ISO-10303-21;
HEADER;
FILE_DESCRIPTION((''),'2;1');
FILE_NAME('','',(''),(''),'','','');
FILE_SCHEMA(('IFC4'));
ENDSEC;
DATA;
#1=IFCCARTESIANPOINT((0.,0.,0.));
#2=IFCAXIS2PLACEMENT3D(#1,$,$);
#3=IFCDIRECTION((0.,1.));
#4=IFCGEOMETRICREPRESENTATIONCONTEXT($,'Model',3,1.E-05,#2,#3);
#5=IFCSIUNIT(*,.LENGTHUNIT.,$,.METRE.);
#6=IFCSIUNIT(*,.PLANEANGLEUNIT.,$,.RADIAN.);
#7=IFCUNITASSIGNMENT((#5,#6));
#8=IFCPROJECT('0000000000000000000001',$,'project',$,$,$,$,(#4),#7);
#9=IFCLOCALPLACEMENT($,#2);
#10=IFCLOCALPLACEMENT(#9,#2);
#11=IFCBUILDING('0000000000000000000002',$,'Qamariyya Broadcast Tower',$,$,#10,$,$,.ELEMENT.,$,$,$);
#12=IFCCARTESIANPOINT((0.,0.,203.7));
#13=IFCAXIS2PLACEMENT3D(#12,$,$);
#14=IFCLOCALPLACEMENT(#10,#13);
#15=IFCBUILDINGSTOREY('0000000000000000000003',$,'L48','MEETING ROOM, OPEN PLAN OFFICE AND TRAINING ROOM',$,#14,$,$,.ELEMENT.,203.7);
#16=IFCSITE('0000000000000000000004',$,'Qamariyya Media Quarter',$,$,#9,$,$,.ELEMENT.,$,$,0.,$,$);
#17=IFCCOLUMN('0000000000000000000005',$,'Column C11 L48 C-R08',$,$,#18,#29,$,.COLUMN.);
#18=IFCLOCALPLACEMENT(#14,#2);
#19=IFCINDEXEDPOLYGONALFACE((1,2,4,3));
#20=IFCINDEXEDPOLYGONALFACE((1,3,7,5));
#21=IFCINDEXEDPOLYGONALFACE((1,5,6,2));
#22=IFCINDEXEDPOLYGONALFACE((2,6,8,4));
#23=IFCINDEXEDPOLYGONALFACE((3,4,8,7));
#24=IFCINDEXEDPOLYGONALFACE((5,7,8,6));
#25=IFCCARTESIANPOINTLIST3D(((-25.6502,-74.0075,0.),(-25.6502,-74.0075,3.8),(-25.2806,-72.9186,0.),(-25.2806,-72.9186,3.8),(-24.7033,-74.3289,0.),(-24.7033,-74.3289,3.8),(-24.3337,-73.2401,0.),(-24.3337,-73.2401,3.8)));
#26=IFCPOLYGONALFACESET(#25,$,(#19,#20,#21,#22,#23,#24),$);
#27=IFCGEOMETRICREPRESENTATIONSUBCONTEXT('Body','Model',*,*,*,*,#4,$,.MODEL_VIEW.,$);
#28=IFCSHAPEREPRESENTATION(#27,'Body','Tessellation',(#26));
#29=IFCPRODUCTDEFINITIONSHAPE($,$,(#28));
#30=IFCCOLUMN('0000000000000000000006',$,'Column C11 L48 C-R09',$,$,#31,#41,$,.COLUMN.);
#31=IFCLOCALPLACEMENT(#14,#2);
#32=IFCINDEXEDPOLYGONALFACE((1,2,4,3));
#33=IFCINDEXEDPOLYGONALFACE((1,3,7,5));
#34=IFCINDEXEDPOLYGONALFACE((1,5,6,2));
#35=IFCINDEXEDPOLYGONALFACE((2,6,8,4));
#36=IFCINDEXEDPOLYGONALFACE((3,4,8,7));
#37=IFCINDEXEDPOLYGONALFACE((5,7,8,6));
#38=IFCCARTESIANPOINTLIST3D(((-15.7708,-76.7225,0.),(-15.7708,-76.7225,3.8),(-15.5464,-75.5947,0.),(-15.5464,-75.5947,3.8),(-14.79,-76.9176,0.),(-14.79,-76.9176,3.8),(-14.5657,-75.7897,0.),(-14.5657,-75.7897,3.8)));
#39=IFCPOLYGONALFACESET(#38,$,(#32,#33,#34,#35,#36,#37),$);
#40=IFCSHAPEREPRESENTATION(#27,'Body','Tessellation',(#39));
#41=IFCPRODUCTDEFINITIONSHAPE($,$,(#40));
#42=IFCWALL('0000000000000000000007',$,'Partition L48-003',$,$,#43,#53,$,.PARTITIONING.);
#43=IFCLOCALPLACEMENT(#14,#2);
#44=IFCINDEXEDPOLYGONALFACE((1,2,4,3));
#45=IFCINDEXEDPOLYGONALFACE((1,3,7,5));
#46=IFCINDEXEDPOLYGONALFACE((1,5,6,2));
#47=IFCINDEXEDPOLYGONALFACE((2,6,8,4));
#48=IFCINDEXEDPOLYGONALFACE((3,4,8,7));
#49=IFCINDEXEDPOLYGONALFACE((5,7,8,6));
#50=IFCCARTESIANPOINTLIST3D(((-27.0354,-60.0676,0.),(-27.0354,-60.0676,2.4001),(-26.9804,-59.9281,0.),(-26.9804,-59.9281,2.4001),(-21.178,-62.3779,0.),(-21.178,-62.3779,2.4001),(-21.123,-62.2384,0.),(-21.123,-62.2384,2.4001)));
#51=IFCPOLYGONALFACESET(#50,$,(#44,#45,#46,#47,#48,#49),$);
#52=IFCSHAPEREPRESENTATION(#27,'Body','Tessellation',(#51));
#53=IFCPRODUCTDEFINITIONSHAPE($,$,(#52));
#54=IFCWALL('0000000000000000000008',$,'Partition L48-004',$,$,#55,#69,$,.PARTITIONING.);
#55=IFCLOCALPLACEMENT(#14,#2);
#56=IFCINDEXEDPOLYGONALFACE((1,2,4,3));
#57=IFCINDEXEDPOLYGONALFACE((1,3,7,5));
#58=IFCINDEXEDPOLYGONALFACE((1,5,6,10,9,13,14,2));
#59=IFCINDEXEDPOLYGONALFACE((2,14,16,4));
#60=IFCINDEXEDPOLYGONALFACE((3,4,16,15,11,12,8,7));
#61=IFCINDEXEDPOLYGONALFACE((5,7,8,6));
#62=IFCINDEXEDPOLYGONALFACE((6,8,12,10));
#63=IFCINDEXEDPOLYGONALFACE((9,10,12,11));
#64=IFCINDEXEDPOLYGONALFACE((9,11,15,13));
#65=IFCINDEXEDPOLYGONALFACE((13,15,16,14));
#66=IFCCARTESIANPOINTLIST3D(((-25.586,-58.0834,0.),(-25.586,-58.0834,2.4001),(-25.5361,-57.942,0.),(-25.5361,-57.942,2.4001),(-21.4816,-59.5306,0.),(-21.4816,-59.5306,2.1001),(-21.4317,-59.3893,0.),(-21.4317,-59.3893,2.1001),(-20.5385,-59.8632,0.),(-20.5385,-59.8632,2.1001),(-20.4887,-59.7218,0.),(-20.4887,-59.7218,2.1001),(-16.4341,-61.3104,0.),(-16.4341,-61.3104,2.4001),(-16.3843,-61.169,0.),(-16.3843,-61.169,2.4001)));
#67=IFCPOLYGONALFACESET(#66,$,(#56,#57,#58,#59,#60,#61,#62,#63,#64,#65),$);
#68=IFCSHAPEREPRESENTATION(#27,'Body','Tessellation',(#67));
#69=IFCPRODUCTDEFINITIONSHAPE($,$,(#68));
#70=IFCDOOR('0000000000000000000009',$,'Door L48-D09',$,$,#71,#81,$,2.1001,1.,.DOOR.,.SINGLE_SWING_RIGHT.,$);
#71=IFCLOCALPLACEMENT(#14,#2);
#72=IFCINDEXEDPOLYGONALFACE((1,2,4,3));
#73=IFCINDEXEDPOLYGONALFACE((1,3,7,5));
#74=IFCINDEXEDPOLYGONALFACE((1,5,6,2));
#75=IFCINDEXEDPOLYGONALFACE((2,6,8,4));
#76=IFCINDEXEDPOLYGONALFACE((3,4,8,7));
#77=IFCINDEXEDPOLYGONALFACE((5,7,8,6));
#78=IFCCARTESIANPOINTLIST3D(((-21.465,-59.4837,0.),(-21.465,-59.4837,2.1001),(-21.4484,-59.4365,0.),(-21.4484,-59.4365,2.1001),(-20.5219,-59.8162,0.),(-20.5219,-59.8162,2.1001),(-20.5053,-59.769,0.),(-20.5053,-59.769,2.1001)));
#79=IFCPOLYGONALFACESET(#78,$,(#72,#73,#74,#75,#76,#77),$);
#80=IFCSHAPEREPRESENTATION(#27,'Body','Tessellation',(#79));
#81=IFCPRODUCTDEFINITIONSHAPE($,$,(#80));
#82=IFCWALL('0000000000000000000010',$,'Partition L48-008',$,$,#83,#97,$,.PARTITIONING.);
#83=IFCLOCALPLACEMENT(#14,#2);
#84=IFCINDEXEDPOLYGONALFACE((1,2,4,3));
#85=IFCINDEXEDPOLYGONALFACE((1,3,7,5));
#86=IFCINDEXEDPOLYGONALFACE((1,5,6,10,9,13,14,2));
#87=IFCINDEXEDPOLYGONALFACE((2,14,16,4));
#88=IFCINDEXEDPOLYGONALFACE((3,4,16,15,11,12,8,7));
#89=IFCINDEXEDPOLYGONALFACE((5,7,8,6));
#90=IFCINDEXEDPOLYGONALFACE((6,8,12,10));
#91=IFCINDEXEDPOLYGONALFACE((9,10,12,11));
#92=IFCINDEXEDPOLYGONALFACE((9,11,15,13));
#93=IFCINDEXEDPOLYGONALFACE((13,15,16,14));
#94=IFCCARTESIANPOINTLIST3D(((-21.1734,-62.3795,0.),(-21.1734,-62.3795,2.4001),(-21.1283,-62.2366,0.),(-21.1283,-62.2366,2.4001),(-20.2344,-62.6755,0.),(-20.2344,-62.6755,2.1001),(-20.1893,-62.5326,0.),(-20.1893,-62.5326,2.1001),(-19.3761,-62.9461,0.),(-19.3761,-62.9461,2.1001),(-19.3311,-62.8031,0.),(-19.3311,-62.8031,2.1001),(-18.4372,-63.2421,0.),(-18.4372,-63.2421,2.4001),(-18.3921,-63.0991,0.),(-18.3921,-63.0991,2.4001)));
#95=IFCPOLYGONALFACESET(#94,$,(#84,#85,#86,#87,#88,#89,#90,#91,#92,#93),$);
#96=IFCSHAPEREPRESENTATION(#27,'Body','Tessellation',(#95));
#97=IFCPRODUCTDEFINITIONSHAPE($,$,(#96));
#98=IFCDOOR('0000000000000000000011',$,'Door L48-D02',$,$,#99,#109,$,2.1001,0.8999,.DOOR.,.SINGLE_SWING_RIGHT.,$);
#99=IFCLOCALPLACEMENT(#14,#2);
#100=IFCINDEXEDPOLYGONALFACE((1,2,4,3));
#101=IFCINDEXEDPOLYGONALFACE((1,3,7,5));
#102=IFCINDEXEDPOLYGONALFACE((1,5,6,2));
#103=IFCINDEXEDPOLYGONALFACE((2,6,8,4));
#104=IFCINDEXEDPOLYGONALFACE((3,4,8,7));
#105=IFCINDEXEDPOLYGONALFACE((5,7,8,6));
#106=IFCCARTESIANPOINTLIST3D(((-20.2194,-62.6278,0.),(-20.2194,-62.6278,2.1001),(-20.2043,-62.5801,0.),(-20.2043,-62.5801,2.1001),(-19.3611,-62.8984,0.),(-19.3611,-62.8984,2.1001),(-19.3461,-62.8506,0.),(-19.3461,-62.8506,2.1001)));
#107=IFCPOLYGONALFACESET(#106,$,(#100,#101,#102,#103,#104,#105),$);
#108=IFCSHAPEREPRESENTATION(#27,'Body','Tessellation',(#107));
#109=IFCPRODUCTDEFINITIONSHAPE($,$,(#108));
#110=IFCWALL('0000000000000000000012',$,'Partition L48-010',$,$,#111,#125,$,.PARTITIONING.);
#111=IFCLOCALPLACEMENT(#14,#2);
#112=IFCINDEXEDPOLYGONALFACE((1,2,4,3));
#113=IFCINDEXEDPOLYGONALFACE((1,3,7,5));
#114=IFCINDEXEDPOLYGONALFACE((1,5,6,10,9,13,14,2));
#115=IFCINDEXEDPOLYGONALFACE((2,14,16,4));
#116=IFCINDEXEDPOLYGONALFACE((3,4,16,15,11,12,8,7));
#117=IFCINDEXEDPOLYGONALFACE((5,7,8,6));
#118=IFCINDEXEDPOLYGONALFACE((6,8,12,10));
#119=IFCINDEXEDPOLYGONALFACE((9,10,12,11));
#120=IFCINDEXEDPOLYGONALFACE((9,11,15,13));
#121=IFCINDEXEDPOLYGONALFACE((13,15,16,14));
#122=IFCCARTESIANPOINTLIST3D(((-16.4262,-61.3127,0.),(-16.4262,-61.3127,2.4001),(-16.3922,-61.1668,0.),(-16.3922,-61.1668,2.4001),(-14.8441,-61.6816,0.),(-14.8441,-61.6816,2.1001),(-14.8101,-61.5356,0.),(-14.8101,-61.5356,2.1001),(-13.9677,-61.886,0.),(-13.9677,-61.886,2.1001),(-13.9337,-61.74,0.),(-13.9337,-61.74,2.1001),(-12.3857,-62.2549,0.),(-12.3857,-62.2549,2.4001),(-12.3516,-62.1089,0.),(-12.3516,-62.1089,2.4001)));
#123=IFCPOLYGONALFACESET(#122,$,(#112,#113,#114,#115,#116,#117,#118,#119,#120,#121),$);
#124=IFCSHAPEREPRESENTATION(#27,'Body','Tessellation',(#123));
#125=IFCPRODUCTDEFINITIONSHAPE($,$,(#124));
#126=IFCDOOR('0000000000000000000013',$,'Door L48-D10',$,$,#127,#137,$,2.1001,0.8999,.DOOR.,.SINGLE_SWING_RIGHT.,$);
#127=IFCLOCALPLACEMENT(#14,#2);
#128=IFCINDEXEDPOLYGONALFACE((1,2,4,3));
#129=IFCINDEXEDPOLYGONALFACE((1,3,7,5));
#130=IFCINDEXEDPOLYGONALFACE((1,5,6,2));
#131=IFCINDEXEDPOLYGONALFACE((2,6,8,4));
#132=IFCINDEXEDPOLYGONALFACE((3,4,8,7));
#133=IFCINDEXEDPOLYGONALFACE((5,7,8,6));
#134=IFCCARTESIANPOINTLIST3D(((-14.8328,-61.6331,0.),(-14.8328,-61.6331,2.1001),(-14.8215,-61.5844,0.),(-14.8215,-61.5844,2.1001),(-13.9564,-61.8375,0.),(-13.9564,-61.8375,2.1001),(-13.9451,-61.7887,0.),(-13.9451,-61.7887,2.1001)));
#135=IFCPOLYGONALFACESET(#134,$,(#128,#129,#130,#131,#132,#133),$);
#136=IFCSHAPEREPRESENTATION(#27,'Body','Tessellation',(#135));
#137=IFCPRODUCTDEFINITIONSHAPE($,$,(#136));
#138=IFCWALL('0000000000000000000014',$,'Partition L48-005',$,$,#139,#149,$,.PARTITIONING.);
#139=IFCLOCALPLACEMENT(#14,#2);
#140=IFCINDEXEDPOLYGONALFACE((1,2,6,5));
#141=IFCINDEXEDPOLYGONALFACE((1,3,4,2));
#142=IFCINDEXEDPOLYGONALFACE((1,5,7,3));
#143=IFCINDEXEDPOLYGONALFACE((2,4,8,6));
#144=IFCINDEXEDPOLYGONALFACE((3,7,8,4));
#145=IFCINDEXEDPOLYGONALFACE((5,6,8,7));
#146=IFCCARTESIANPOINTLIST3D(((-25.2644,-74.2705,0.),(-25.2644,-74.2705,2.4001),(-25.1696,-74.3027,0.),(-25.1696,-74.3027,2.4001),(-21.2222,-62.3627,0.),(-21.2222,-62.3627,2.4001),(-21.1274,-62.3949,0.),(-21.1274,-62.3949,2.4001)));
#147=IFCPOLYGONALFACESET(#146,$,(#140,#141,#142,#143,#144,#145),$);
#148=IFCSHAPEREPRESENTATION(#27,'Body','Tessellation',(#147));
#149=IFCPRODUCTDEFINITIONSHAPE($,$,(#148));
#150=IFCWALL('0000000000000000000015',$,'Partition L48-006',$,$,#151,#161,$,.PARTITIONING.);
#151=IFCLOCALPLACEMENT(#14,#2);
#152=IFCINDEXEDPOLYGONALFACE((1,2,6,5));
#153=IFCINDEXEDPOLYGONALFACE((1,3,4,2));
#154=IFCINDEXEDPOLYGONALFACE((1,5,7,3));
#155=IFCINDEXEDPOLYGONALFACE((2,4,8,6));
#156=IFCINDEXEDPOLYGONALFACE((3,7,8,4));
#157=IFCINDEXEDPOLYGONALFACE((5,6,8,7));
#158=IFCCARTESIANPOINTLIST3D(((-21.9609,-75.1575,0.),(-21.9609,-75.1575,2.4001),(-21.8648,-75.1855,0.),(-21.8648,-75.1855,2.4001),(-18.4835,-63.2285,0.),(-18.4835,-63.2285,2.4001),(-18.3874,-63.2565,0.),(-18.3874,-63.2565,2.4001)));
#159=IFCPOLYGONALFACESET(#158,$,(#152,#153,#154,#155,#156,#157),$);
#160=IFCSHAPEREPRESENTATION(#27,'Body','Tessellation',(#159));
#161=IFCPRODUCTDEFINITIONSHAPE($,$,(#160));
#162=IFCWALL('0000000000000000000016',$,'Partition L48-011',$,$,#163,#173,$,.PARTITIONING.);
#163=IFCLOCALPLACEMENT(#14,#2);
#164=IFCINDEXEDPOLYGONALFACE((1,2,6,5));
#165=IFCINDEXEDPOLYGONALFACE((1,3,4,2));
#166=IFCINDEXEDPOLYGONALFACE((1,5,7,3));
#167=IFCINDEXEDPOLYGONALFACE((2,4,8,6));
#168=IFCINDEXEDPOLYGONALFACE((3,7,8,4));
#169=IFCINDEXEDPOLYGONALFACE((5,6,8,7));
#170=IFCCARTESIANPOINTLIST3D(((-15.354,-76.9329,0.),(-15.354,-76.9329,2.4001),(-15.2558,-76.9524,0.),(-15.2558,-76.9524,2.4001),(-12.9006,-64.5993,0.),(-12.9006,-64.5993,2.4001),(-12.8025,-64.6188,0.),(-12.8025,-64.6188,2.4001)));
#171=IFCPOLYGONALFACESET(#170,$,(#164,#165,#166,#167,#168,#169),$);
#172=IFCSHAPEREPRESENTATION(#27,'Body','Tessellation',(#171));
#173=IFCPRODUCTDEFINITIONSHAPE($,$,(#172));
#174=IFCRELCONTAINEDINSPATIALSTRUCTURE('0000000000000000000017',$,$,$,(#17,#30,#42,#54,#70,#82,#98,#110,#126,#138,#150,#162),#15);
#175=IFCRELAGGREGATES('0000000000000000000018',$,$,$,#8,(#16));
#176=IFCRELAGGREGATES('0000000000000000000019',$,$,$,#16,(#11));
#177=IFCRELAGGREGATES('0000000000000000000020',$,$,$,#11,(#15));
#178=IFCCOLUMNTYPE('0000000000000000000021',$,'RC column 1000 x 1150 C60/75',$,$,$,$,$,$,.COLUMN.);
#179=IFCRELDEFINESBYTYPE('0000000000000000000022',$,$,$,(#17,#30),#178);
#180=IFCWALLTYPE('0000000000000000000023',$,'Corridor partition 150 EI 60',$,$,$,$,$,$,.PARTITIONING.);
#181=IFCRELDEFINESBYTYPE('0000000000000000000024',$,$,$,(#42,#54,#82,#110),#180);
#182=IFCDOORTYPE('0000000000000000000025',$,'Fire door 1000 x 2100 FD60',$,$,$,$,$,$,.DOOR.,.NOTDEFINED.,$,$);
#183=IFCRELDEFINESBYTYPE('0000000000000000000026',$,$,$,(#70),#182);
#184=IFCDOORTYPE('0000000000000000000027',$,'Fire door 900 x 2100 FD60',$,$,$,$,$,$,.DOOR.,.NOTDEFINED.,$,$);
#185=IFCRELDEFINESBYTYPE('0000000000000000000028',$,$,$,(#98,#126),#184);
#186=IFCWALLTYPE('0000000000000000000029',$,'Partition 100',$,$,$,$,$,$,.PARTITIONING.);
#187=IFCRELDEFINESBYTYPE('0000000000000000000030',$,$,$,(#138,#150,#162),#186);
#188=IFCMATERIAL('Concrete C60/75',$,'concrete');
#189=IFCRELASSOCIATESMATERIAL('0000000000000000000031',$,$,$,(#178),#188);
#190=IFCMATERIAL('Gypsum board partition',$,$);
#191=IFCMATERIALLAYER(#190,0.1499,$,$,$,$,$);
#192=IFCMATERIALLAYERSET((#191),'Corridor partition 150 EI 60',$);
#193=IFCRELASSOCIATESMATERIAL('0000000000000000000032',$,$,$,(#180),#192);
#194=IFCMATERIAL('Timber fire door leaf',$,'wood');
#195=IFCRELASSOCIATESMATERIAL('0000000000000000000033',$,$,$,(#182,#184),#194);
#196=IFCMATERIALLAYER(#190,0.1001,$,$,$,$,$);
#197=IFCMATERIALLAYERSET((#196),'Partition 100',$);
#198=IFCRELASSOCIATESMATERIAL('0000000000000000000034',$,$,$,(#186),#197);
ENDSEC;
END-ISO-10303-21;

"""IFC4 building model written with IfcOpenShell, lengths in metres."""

from ifc_helpers import new_model, si_unit, direction, frame, frame_2d, origin, origin_2d, place, context, subcontext, project, spatial, rectangle, extrude, material, layer, layer_set, material_profile, profile_set, type_object, element, fill, save


model = new_model("IFC4")

# Units and contexts
model_context = context("Model", 3, precision=1e-05, world=origin(), true_north=direction((0.0, 1.0)))
body_context = subcontext(model_context, "Body", "Model", "MODEL_VIEW")
ifc_project = project(units=[si_unit("LENGTHUNIT", "METRE"), si_unit("PLANEANGLEUNIT", "RADIAN")], contexts=[model_context])

# Site, building, storey
site_placement = place(None, origin())
site = spatial("IfcSite", under=ifc_project, at=site_placement, Name="Qamariyya Media Quarter", CompositionType="ELEMENT", RefElevation=0.0)
building_placement = place(site_placement, origin())
building = spatial("IfcBuilding", under=site, at=building_placement, Name="Qamariyya Broadcast Tower", CompositionType="ELEMENT")
storey_placement = place(building_placement, frame((0.0, 0.0, 203.7)))
storey = spatial("IfcBuildingStorey", under=building, at=storey_placement, Name="L48", Description="MEETING ROOM, OPEN PLAN OFFICE AND TRAINING ROOM", CompositionType="ELEMENT", Elevation=203.7)

# Columns
ifc_material_1 = material(Name="Concrete C60/75", Category="concrete")
ifc_material_profile_1 = material_profile(ifc_material_1, rectangle(XDim=1.0, YDim=1.1499, at=origin_2d()))
ifc_profile_set_1 = profile_set([ifc_material_profile_1], Name="Concrete C60/75")
column_type = type_object("IfcColumnType", Name="RC column 1000 x 1150 C60/75", PredefinedType="COLUMN", material=ifc_profile_set_1)
for number, where, z_axis, x_axis, name in (
    (1, (-24.9919, -73.6238, 0.0), (0.0, 0.0, 1.0), (0.94693, -0.321439, 0.0), "Column C11 L48 C-R08"),
    (2, (-15.1682, -76.2561, 0.0), (0.0, 0.0, 1.0), (0.980785, -0.19509, 0.0), "Column C11 L48 C-R09"),
):
    element("IfcColumn", number, at=place(storey_placement, frame(where, z_axis=z_axis, x_axis=x_axis)), inside=storey, type_object=column_type, Name=name, PredefinedType="COLUMN", context=body_context, shape_type="SweptSolid", body=[
        extrude(rectangle(XDim=1.0, YDim=1.1499, at=origin_2d()), origin(), (0.0, 0.0, 1.0), 3.8),
    ])

# Wall
ifc_material_2 = material(Name="Gypsum board partition")
ifc_layer_1 = layer(ifc_material_2, 0.1499)
ifc_layer_set_1 = layer_set([ifc_layer_1], Name="Corridor partition 150 EI 60")
wall_type_1 = type_object("IfcWallType", Name="Corridor partition 150 EI 60", PredefinedType="PARTITIONING", material=ifc_layer_set_1)
wall_1_placement = place(storey_placement, frame((-27.0081, -59.9978, 0.0), z_axis=(0.0, 0.0, 1.0), x_axis=(0.930255, -0.366914, 0.0)))
element("IfcWall", 3, at=wall_1_placement, inside=storey, type_object=wall_type_1, Name="Partition L48-003", PredefinedType="PARTITIONING", context=body_context, shape_type="SweptSolid", body=[
    extrude(rectangle(XDim=6.2966, YDim=0.1499, at=frame_2d((3.1484, 0.0))), origin(), (0.0, 0.0, 1.0), 2.4001),
])

# Walls, openings, doors
wall_2_placement = place(storey_placement, frame((-25.561, -58.0127, 0.0), z_axis=(0.0, 0.0, 1.0), x_axis=(0.943088, -0.332544, 0.0)))
wall_2 = element("IfcWall", 4, at=wall_2_placement, inside=storey, type_object=wall_type_1, Name="Partition L48-004", PredefinedType="PARTITIONING", context=body_context, shape_type="SweptSolid", body=[
    extrude(rectangle(XDim=9.7041, YDim=0.1499, at=frame_2d((4.8521, 0.0))), origin(), (0.0, 0.0, 1.0), 2.4001),
])
opening_1_placement = place(wall_2_placement, frame((4.3521, 0.0, 0.0)))
opening_1 = element("IfcOpeningElement", 5, at=opening_1_placement, cuts=wall_2, PredefinedType="OPENING", context=body_context, shape_type="SweptSolid", body=[
    extrude(rectangle(XDim=1.0, YDim=2.1001, at=frame_2d((0.5, 1.05))), frame((0.0, 0.085, 0.0), z_axis=(0.0, -1.0, 0.0), x_axis=(1.0, 0.0, 0.0)), (0.0, 0.0, 1.0), 0.1699),
])
ifc_material_3 = material(Name="Timber fire door leaf", Category="wood")
door_type_1 = type_object("IfcDoorType", Name="Fire door 1000 x 2100 FD60", OperationType="NOTDEFINED", PredefinedType="DOOR", material=ifc_material_3)
door_1_placement = place(opening_1_placement, origin())
door_1 = element("IfcDoor", 6, at=door_1_placement, inside=storey, type_object=door_type_1, Name="Door L48-D09", OperationType="SINGLE_SWING_RIGHT", OverallHeight=2.1001, OverallWidth=1.0, PredefinedType="DOOR", context=body_context, shape_type="SweptSolid", body=[
    extrude(rectangle(XDim=1.0, YDim=2.1001, at=frame_2d((0.5, 1.05))), frame((0.0, 0.0249, 0.0), z_axis=(0.0, -1.0, 0.0), x_axis=(1.0, 0.0, 0.0)), (0.0, 0.0, 1.0), 0.05),
])
fill(opening_1, door_1)
wall_3_placement = place(storey_placement, frame((-18.4146, -63.1707, 0.0), z_axis=(0.0, 0.0, 1.0), x_axis=(-0.95373, 0.300663, 0.0)))
wall_3 = element("IfcWall", 7, at=wall_3_placement, inside=storey, type_object=wall_type_1, Name="Partition L48-008", PredefinedType="PARTITIONING", context=body_context, shape_type="SweptSolid", body=[
    extrude(rectangle(XDim=2.8689, YDim=0.1499, at=frame_2d((1.4346, 0.0))), origin(), (0.0, 0.0, 1.0), 2.4001),
])
opening_2_placement = place(wall_3_placement, frame((0.9846, 0.0, 0.0)))
opening_2 = element("IfcOpeningElement", 8, at=opening_2_placement, cuts=wall_3, PredefinedType="OPENING", context=body_context, shape_type="SweptSolid", body=[
    extrude(rectangle(XDim=0.8999, YDim=2.1001, at=frame_2d((0.45, 1.05))), frame((0.0, 0.085, 0.0), z_axis=(0.0, -1.0, 0.0), x_axis=(1.0, 0.0, 0.0)), (0.0, 0.0, 1.0), 0.1699),
])
door_type_2 = type_object("IfcDoorType", Name="Fire door 900 x 2100 FD60", OperationType="NOTDEFINED", PredefinedType="DOOR", material=ifc_material_3)
door_2_placement = place(opening_2_placement, origin())
door_2 = element("IfcDoor", 9, at=door_2_placement, inside=storey, type_object=door_type_2, Name="Door L48-D02", OperationType="SINGLE_SWING_RIGHT", OverallHeight=2.1001, OverallWidth=0.8999, PredefinedType="DOOR", context=body_context, shape_type="SweptSolid", body=[
    extrude(rectangle(XDim=0.8999, YDim=2.1001, at=frame_2d((0.45, 1.05))), frame((0.0, 0.0249, 0.0), z_axis=(0.0, -1.0, 0.0), x_axis=(1.0, 0.0, 0.0)), (0.0, 0.0, 1.0), 0.05),
])
fill(opening_2, door_2)
wall_4_placement = place(storey_placement, frame((-16.4092, -61.2397, 0.0), z_axis=(0.0, 0.0, 1.0), x_axis=(0.973876, -0.227081, 0.0)))
wall_4 = element("IfcWall", 10, at=wall_4_placement, inside=storey, type_object=wall_type_1, Name="Partition L48-010", PredefinedType="PARTITIONING", context=body_context, shape_type="SweptSolid", body=[
    extrude(rectangle(XDim=4.1489, YDim=0.1499, at=frame_2d((2.0745, 0.0))), origin(), (0.0, 0.0, 1.0), 2.4001),
])
opening_3_placement = place(wall_4_placement, frame((1.6245, 0.0, 0.0)))
opening_3 = element("IfcOpeningElement", 11, at=opening_3_placement, cuts=wall_4, PredefinedType="OPENING", context=body_context, shape_type="SweptSolid", body=[
    extrude(rectangle(XDim=0.8999, YDim=2.1001, at=frame_2d((0.45, 1.05))), frame((0.0, 0.085, 0.0), z_axis=(0.0, -1.0, 0.0), x_axis=(1.0, 0.0, 0.0)), (0.0, 0.0, 1.0), 0.1699),
])
door_3_placement = place(opening_3_placement, origin())
door_3 = element("IfcDoor", 12, at=door_3_placement, inside=storey, type_object=door_type_2, Name="Door L48-D10", OperationType="SINGLE_SWING_RIGHT", OverallHeight=2.1001, OverallWidth=0.8999, PredefinedType="DOOR", context=body_context, shape_type="SweptSolid", body=[
    extrude(rectangle(XDim=0.8999, YDim=2.1001, at=frame_2d((0.45, 1.05))), frame((0.0, 0.0249, 0.0), z_axis=(0.0, -1.0, 0.0), x_axis=(1.0, 0.0, 0.0)), (0.0, 0.0, 1.0), 0.05),
])
fill(opening_3, door_3)

# Walls
ifc_layer_2 = layer(ifc_material_2, 0.1001)
ifc_layer_set_2 = layer_set([ifc_layer_2], Name="Partition 100")
wall_type_2 = type_object("IfcWallType", Name="Partition 100", PredefinedType="PARTITIONING", material=ifc_layer_set_2)
wall_5_placement = place(storey_placement, frame((-25.217, -74.2866, 0.0), z_axis=(0.0, 0.0, 1.0), x_axis=(0.321447, 0.946927, 0.0)))
element("IfcWall", 13, at=wall_5_placement, inside=storey, type_object=wall_type_2, Name="Partition L48-005", PredefinedType="PARTITIONING", context=body_context, shape_type="SweptSolid", body=[
    extrude(rectangle(XDim=12.5752, YDim=0.1001, at=frame_2d((6.2876, 0.0))), origin(), (0.0, 0.0, 1.0), 2.4001),
])
wall_6_placement = place(storey_placement, frame((-21.9128, -75.1716, 0.0), z_axis=(0.0, 0.0, 1.0), x_axis=(0.279853, 0.960043, 0.0)))
element("IfcWall", 14, at=wall_6_placement, inside=storey, type_object=wall_type_2, Name="Partition L48-006", PredefinedType="PARTITIONING", context=body_context, shape_type="SweptSolid", body=[
    extrude(rectangle(XDim=12.4255, YDim=0.1001, at=frame_2d((6.2129, 0.0))), origin(), (0.0, 0.0, 1.0), 2.4001),
])
wall_7_placement = place(storey_placement, frame((-15.3049, -76.9426, 0.0), z_axis=(0.0, 0.0, 1.0), x_axis=(0.195097, 0.980784, 0.0)))
element("IfcWall", 15, at=wall_7_placement, inside=storey, type_object=wall_type_2, Name="Partition L48-011", PredefinedType="PARTITIONING", context=body_context, shape_type="SweptSolid", body=[
    extrude(rectangle(XDim=12.5752, YDim=0.1001, at=frame_2d((6.2876, 0.0))), origin(), (0.0, 0.0, 1.0), 2.4001),
])

save(model, "model.ifc")
